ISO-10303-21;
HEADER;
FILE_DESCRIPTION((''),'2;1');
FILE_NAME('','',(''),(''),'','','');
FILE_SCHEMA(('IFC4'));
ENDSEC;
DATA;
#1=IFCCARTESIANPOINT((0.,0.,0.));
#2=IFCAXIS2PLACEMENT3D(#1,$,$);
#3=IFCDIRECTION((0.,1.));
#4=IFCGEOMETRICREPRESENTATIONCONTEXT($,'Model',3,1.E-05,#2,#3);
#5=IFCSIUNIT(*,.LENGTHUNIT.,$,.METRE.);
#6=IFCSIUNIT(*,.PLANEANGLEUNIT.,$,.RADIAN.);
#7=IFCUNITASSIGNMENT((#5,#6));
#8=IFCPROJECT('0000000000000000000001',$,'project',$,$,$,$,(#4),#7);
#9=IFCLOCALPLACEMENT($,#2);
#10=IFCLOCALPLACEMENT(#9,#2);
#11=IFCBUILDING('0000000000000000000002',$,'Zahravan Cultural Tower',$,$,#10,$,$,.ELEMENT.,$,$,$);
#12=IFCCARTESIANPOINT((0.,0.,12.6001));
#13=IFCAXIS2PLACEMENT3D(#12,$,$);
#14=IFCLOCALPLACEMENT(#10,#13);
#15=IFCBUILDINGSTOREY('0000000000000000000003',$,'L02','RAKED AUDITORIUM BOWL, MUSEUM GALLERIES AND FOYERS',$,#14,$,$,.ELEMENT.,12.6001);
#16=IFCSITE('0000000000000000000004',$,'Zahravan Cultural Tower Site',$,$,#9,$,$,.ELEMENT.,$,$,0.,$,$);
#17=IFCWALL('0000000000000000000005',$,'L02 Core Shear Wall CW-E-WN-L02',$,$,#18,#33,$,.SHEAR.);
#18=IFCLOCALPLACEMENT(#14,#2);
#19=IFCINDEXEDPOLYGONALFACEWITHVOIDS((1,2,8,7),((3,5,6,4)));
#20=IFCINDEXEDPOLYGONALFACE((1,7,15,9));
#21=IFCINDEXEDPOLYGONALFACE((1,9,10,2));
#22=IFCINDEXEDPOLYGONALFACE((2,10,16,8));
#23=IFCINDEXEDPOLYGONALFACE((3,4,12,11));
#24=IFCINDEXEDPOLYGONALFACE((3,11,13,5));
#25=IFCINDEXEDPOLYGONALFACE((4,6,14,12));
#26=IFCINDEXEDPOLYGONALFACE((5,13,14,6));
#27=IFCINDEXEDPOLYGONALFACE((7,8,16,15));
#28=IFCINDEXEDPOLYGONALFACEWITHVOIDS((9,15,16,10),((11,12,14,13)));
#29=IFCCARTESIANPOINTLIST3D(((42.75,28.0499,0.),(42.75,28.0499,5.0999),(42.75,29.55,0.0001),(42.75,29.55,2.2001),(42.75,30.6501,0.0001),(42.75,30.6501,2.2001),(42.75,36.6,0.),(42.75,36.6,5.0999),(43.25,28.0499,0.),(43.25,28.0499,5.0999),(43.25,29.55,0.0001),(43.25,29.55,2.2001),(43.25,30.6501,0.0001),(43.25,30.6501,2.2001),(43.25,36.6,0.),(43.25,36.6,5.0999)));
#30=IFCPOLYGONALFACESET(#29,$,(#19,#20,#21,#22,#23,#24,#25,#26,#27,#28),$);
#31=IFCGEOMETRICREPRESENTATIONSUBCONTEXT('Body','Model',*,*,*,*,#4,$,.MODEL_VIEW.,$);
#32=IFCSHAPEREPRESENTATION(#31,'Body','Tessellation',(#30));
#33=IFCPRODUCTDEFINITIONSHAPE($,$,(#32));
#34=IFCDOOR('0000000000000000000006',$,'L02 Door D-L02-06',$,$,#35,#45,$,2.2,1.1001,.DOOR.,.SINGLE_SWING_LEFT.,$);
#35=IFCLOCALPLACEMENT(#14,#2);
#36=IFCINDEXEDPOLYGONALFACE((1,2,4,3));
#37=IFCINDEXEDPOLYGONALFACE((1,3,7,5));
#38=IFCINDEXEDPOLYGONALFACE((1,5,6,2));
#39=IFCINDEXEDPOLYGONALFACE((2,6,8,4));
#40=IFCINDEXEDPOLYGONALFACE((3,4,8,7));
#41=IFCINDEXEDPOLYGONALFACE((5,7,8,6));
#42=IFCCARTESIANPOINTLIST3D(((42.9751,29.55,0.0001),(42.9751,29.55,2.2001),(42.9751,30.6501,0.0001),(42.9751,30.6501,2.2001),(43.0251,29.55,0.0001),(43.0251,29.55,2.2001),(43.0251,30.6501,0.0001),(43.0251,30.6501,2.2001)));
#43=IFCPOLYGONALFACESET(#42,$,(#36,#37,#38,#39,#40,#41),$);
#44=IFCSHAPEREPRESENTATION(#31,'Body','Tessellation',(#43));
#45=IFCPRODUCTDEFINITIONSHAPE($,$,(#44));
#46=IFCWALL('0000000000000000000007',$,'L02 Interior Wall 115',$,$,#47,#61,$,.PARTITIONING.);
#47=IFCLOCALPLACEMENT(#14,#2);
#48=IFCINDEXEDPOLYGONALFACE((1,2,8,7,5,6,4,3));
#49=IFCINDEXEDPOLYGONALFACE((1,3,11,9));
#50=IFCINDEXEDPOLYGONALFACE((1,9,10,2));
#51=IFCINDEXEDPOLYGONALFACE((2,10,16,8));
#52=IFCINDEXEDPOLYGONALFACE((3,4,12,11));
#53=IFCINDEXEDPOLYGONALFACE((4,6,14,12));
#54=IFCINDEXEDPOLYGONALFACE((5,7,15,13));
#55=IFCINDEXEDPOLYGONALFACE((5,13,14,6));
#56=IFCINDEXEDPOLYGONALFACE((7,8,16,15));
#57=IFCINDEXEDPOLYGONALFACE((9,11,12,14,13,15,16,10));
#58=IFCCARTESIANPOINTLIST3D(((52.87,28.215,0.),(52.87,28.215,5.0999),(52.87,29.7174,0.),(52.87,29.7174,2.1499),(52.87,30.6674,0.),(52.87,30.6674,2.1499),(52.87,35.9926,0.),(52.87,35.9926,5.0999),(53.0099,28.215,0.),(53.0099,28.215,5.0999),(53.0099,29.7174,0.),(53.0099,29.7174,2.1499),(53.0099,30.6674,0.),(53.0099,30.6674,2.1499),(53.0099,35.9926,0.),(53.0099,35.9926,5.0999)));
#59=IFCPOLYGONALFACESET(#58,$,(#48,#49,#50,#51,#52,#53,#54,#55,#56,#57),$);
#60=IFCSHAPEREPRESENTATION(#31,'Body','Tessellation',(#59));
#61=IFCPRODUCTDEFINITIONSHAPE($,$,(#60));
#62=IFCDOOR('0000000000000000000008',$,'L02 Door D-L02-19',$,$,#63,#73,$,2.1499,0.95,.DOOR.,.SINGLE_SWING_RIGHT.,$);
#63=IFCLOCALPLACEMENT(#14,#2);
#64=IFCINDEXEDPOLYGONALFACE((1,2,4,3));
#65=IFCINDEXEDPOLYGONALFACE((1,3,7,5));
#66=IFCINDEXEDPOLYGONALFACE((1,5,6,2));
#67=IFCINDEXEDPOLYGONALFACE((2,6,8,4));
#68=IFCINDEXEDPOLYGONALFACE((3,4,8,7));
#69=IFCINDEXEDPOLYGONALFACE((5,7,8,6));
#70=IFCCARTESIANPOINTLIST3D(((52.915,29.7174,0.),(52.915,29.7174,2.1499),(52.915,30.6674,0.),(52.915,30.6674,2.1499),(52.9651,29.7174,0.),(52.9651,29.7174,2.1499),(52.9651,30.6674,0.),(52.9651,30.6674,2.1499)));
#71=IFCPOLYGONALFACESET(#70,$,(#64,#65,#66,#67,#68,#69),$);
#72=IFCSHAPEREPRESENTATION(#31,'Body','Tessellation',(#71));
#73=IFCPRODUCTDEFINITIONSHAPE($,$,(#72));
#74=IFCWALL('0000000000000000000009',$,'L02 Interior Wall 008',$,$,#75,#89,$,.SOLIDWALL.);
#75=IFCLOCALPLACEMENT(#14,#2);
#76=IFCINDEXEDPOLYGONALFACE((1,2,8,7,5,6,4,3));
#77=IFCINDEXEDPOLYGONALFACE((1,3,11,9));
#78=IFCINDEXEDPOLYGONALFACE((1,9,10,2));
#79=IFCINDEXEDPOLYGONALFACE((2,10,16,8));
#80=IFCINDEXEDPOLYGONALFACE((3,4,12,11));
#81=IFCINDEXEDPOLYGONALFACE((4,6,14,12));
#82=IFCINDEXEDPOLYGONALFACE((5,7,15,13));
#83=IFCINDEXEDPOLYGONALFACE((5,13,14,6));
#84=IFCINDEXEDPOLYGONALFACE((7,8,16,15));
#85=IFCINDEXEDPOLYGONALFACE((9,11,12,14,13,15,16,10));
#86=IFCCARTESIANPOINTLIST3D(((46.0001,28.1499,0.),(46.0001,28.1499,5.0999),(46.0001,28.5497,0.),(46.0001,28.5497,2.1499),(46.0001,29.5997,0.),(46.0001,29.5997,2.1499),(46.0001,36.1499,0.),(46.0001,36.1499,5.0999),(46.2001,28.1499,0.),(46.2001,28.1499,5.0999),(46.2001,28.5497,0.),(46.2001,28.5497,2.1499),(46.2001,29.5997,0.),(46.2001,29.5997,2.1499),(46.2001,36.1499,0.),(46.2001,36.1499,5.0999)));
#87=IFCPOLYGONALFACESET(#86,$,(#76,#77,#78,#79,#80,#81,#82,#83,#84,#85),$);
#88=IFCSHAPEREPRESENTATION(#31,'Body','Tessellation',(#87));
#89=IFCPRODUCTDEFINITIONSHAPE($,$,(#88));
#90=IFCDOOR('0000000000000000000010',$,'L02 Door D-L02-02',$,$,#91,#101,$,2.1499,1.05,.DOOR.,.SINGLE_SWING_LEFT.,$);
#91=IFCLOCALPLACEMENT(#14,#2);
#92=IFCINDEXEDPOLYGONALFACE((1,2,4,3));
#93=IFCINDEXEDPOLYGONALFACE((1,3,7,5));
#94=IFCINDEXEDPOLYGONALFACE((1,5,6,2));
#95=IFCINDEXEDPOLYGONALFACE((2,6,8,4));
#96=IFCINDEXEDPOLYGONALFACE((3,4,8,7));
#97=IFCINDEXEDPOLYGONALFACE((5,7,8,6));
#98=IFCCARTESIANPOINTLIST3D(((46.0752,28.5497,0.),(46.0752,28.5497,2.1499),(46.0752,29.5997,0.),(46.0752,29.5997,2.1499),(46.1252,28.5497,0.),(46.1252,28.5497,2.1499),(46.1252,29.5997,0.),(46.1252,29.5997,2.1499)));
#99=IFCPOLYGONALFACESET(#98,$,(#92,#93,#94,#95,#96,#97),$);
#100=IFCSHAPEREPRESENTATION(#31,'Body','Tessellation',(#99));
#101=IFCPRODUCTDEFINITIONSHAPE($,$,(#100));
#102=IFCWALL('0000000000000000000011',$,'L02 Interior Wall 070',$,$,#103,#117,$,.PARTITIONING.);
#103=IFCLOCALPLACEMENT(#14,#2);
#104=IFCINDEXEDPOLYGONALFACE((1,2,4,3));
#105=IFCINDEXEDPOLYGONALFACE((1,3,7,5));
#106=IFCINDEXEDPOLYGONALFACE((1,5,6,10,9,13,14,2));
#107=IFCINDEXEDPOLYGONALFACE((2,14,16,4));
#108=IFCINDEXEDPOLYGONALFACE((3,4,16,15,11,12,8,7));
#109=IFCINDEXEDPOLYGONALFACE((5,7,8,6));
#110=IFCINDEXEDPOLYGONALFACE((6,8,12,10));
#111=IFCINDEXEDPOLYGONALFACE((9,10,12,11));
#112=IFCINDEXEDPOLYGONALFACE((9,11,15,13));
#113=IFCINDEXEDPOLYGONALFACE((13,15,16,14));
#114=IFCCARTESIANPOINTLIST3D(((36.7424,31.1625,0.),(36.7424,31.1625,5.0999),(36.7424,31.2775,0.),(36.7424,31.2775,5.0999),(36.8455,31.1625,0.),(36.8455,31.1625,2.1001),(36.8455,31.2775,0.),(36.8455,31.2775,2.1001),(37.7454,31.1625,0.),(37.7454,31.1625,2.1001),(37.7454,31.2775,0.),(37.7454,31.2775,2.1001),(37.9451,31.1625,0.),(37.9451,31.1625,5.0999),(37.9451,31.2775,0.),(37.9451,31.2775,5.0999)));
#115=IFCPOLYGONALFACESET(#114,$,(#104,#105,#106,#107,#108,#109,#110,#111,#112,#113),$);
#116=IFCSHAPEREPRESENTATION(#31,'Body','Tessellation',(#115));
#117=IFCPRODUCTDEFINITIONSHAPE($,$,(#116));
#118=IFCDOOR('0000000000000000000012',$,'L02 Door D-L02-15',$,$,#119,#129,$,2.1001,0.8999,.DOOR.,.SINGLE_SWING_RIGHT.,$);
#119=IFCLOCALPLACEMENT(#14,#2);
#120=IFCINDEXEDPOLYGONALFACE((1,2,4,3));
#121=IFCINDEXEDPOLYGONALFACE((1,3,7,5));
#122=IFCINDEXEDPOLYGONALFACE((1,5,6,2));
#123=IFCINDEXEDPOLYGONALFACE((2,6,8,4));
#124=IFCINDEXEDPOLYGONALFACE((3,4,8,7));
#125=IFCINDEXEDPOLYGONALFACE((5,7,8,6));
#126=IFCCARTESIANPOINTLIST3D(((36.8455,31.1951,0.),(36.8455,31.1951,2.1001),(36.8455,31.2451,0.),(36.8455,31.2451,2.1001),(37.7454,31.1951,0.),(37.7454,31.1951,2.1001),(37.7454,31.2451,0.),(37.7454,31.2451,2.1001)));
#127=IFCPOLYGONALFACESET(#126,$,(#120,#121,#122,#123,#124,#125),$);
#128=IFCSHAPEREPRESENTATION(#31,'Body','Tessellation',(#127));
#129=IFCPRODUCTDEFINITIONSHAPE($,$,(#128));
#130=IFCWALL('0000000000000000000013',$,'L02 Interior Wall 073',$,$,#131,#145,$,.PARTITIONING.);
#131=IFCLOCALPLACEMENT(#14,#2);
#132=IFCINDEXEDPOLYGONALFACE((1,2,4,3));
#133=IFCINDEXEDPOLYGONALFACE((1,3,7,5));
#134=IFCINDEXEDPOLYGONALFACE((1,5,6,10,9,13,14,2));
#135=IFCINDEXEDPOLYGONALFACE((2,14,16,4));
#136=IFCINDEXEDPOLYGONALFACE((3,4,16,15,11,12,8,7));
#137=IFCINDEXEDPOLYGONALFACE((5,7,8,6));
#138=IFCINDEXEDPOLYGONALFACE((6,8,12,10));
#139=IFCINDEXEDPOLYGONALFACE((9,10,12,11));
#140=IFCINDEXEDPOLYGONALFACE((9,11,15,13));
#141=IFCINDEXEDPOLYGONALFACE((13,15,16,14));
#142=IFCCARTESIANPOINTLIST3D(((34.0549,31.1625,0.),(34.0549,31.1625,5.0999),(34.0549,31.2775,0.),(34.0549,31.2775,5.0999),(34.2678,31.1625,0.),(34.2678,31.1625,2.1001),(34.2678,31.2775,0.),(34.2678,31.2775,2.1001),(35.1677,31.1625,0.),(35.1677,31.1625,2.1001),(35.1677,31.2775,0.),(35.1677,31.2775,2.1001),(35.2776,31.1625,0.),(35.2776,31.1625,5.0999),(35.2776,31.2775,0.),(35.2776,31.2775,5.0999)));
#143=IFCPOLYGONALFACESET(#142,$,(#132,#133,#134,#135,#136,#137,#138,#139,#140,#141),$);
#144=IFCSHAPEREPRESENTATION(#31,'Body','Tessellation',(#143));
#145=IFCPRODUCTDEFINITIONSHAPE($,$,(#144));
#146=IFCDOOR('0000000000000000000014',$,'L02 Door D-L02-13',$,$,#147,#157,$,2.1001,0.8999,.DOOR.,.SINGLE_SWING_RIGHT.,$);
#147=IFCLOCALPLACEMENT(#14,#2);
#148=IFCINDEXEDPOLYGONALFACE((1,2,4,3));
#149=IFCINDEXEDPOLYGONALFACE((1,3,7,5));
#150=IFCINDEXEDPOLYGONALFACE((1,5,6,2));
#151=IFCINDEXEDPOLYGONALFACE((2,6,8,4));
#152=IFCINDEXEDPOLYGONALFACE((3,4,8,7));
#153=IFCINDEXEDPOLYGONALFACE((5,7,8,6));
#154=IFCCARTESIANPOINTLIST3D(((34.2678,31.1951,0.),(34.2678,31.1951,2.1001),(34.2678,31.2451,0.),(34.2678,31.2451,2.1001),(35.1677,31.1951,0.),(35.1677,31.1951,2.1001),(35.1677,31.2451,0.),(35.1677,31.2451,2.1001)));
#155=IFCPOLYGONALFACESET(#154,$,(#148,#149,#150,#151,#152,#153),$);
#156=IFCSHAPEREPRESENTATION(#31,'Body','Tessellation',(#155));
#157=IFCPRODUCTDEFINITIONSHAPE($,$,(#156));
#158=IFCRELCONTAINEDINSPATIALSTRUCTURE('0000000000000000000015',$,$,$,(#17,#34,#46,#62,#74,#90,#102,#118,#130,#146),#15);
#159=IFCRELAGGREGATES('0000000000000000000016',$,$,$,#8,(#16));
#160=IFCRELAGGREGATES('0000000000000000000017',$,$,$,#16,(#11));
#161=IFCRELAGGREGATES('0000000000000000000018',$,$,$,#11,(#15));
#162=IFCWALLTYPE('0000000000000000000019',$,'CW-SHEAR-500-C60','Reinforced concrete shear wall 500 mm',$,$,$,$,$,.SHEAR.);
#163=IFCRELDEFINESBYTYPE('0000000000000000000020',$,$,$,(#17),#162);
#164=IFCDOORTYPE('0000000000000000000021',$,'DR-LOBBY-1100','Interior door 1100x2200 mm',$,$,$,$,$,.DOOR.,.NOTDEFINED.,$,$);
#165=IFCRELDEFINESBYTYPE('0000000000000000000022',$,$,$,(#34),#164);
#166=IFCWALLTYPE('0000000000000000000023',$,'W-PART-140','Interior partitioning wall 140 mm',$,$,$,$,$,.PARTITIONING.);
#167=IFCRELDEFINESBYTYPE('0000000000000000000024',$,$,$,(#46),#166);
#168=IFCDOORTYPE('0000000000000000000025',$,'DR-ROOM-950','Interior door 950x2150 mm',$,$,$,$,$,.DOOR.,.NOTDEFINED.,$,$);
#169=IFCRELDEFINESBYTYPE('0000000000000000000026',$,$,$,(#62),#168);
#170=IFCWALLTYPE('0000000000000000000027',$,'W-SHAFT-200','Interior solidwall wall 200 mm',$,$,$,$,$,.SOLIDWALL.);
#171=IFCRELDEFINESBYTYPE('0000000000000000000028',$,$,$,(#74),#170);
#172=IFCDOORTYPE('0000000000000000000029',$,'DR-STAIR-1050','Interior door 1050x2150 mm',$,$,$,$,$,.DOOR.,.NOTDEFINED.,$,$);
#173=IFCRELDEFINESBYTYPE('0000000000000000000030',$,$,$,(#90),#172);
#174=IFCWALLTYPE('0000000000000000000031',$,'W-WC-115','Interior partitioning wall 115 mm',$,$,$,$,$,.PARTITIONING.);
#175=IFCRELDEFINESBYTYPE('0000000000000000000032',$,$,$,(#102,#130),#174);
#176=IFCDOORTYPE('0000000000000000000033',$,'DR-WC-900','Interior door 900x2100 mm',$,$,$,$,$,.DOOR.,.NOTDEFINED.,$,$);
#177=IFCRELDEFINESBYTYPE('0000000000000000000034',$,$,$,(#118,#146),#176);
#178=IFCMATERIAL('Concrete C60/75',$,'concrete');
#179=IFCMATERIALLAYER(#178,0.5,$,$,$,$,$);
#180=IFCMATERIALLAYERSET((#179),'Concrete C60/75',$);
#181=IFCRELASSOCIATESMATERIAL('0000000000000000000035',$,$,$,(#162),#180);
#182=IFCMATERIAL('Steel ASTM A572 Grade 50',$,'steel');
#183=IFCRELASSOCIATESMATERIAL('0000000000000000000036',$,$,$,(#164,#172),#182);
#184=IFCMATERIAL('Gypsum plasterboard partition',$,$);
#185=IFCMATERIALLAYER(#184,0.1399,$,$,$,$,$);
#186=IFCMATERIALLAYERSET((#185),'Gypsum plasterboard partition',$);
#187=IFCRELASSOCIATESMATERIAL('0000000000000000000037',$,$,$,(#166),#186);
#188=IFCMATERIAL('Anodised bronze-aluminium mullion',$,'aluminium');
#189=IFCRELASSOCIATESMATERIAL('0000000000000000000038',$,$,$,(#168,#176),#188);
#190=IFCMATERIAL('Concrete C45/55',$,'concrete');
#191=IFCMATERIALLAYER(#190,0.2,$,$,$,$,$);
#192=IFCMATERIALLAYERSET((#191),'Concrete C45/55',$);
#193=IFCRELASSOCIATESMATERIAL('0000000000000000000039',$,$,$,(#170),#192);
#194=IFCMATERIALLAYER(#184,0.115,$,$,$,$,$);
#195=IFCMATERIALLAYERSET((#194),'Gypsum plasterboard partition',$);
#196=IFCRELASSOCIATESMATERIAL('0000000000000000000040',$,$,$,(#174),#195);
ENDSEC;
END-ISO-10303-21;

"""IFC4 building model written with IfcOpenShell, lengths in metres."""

from ifc_helpers import new_model, si_unit, direction, frame, frame_2d, origin, place, context, subcontext, project, spatial, rectangle, extrude, source, transform, mapped, material, layer, layer_set, type_object, element, fill, save


model = new_model("IFC4")

# Units and contexts
model_context = context("Model", 3, precision=1e-05, world=origin(), true_north=direction((0.0, 1.0)))
body_context = subcontext(model_context, "Body", "Model", "MODEL_VIEW")
ifc_project = project(units=[si_unit("LENGTHUNIT", "METRE"), si_unit("PLANEANGLEUNIT", "RADIAN")], contexts=[model_context])

# Site, building, storey
site_placement = place(None, origin())
site = spatial("IfcSite", under=ifc_project, at=site_placement, Name="Zahravan Cultural Tower Site", CompositionType="ELEMENT", RefElevation=0.0)
building_placement = place(site_placement, origin())
building = spatial("IfcBuilding", under=site, at=building_placement, Name="Zahravan Cultural Tower", CompositionType="ELEMENT")
storey_placement = place(building_placement, frame((0.0, 0.0, 12.6001)))
storey = spatial("IfcBuildingStorey", under=building, at=storey_placement, Name="L02", Description="RAKED AUDITORIUM BOWL, MUSEUM GALLERIES AND FOYERS", CompositionType="ELEMENT", Elevation=12.6001)

# Walls, openings, doors
ifc_material_1 = material(Name="Concrete C60/75", Category="concrete")
ifc_layer_1 = layer(ifc_material_1, 0.5)
ifc_layer_set_1 = layer_set([ifc_layer_1], Name="Concrete C60/75")
wall_type_1 = type_object("IfcWallType", Name="CW-SHEAR-500-C60", Description="Reinforced concrete shear wall 500 mm", PredefinedType="SHEAR", material=ifc_layer_set_1)
wall_1_placement = place(storey_placement, frame((43.0, 28.05, 0.0), z_axis=(0.0, 0.0, 1.0), x_axis=(0.0, 1.0, 0.0)))
wall_1 = element("IfcWall", 1, at=wall_1_placement, inside=storey, type_object=wall_type_1, Name="L02 Core Shear Wall CW-E-WN-L02", PredefinedType="SHEAR", context=body_context, shape_type="SweptSolid", body=[
    extrude(rectangle(XDim=8.55, YDim=0.5, at=frame_2d((4.2749, 0.0))), origin(), (0.0, 0.0, 1.0), 5.0999),
])
opening_1_placement = place(wall_1_placement, frame((1.5, 0.0, 0.0)))
opening_1 = element("IfcOpeningElement", 2, at=opening_1_placement, cuts=wall_1, PredefinedType="OPENING", context=body_context, shape_type="SweptSolid", body=[
    extrude(rectangle(XDim=1.1001, YDim=2.2, at=frame_2d((0.55, 1.1001))), frame((0.0, 0.26, 0.0), z_axis=(0.0, -1.0, 0.0), x_axis=(1.0, 0.0, 0.0)), (0.0, 0.0, 1.0), 0.52),
])
ifc_material_2 = material(Name="Steel ASTM A572 Grade 50", Category="steel")
door_type_1 = type_object("IfcDoorType", Name="DR-LOBBY-1100", Description="Interior door 1100x2200 mm", OperationType="NOTDEFINED", PredefinedType="DOOR", material=ifc_material_2)
shared_shape_1 = source(origin(), body_context, "Body", "SweptSolid", [
    extrude(rectangle(XDim=1.1001, YDim=2.2, at=frame_2d((0.55, 1.1001))), frame((0.0, 0.0249, 0.0), z_axis=(0.0, -1.0, 0.0), x_axis=(1.0, 0.0, 0.0)), (0.0, 0.0, 1.0), 0.05),
])
door_1_placement = place(opening_1_placement, origin())
door_1 = element("IfcDoor", 3, at=door_1_placement, inside=storey, type_object=door_type_1, Name="L02 Door D-L02-06", OperationType="SINGLE_SWING_LEFT", OverallHeight=2.2, OverallWidth=1.1001, PredefinedType="DOOR", context=body_context, shape_type="MappedRepresentation", body=[
    mapped(shared_shape_1, transform((0.0, 0.0, 0.0), x_axis=(1.0, 0.0, 0.0), y_axis=(0.0, 1.0, 0.0), z_axis=(0.0, 0.0, 1.0), scale=1.0)),
])
fill(opening_1, door_1)
ifc_material_3 = material(Name="Gypsum plasterboard partition")
ifc_layer_2 = layer(ifc_material_3, 0.1399)
ifc_layer_set_2 = layer_set([ifc_layer_2], Name="Gypsum plasterboard partition")
wall_type_2 = type_object("IfcWallType", Name="W-PART-140", Description="Interior partitioning wall 140 mm", PredefinedType="PARTITIONING", material=ifc_layer_set_2)
wall_2_placement = place(storey_placement, frame((52.9399, 28.2151, 0.0), z_axis=(0.0, 0.0, 1.0), x_axis=(0.0, 1.0, 0.0)))
wall_2 = element("IfcWall", 4, at=wall_2_placement, inside=storey, type_object=wall_type_2, Name="L02 Interior Wall 115", PredefinedType="PARTITIONING", context=body_context, shape_type="SweptSolid", body=[
    extrude(rectangle(XDim=7.7776, YDim=0.1399, at=frame_2d((3.8887, 0.0))), origin(), (0.0, 0.0, 1.0), 5.0999),
])
opening_2_placement = place(wall_2_placement, frame((1.5022, 0.0, 0.0)))
opening_2 = element("IfcOpeningElement", 5, at=opening_2_placement, cuts=wall_2, PredefinedType="OPENING", context=body_context, shape_type="SweptSolid", body=[
    extrude(rectangle(XDim=0.95, YDim=2.1499, at=frame_2d((0.4751, 1.075))), frame((0.0, 0.0798, 0.0), z_axis=(0.0, -1.0, 0.0), x_axis=(1.0, 0.0, 0.0)), (0.0, 0.0, 1.0), 0.1599),
])
ifc_material_4 = material(Name="Anodised bronze-aluminium mullion", Category="aluminium")
door_type_2 = type_object("IfcDoorType", Name="DR-ROOM-950", Description="Interior door 950x2150 mm", OperationType="NOTDEFINED", PredefinedType="DOOR", material=ifc_material_4)
shared_shape_2 = source(origin(), body_context, "Body", "SweptSolid", [
    extrude(rectangle(XDim=0.95, YDim=2.1499, at=frame_2d((0.4751, 1.075))), frame((0.0, 0.0249, 0.0), z_axis=(0.0, -1.0, 0.0), x_axis=(1.0, 0.0, 0.0)), (0.0, 0.0, 1.0), 0.05),
])
door_2_placement = place(opening_2_placement, origin())
door_2 = element("IfcDoor", 6, at=door_2_placement, inside=storey, type_object=door_type_2, Name="L02 Door D-L02-19", OperationType="SINGLE_SWING_RIGHT", OverallHeight=2.1499, OverallWidth=0.95, PredefinedType="DOOR", context=body_context, shape_type="MappedRepresentation", body=[
    mapped(shared_shape_2, transform((0.0, 0.0, 0.0), x_axis=(1.0, 0.0, 0.0), y_axis=(0.0, 1.0, 0.0), z_axis=(0.0, 0.0, 1.0), scale=1.0)),
])
fill(opening_2, door_2)
ifc_material_5 = material(Name="Concrete C45/55", Category="concrete")
ifc_layer_3 = layer(ifc_material_5, 0.2)
ifc_layer_set_3 = layer_set([ifc_layer_3], Name="Concrete C45/55")
wall_type_3 = type_object("IfcWallType", Name="W-SHAFT-200", Description="Interior solidwall wall 200 mm", PredefinedType="SOLIDWALL", material=ifc_layer_set_3)
wall_3_placement = place(storey_placement, frame((46.1001, 28.1499, 0.0), z_axis=(0.0, 0.0, 1.0), x_axis=(0.0, 1.0, 0.0)))
wall_3 = element("IfcWall", 7, at=wall_3_placement, inside=storey, type_object=wall_type_3, Name="L02 Interior Wall 008", PredefinedType="SOLIDWALL", context=body_context, shape_type="SweptSolid", body=[
    extrude(rectangle(XDim=8.0, YDim=0.2, at=frame_2d((4.0, 0.0))), origin(), (0.0, 0.0, 1.0), 5.0999),
])
opening_3_placement = place(wall_3_placement, frame((0.3999, 0.0, 0.0)))
opening_3 = element("IfcOpeningElement", 8, at=opening_3_placement, cuts=wall_3, PredefinedType="OPENING", context=body_context, shape_type="SweptSolid", body=[
    extrude(rectangle(XDim=1.05, YDim=2.1499, at=frame_2d((0.5249, 1.075))), frame((0.0, 0.1099, 0.0), z_axis=(0.0, -1.0, 0.0), x_axis=(1.0, 0.0, 0.0)), (0.0, 0.0, 1.0), 0.22),
])
door_type_3 = type_object("IfcDoorType", Name="DR-STAIR-1050", Description="Interior door 1050x2150 mm", OperationType="NOTDEFINED", PredefinedType="DOOR", material=ifc_material_2)
shared_shape_3 = source(origin(), body_context, "Body", "SweptSolid", [
    extrude(rectangle(XDim=1.05, YDim=2.1499, at=frame_2d((0.5249, 1.075))), frame((0.0, 0.0249, 0.0), z_axis=(0.0, -1.0, 0.0), x_axis=(1.0, 0.0, 0.0)), (0.0, 0.0, 1.0), 0.05),
])
door_3_placement = place(opening_3_placement, origin())
door_3 = element("IfcDoor", 9, at=door_3_placement, inside=storey, type_object=door_type_3, Name="L02 Door D-L02-02", OperationType="SINGLE_SWING_LEFT", OverallHeight=2.1499, OverallWidth=1.05, PredefinedType="DOOR", context=body_context, shape_type="MappedRepresentation", body=[
    mapped(shared_shape_3, transform((0.0, 0.0, 0.0), x_axis=(1.0, 0.0, 0.0), y_axis=(0.0, 1.0, 0.0), z_axis=(0.0, 0.0, 1.0), scale=1.0)),
])
fill(opening_3, door_3)
ifc_layer_4 = layer(ifc_material_3, 0.115)
ifc_layer_set_4 = layer_set([ifc_layer_4], Name="Gypsum plasterboard partition")
wall_type_4 = type_object("IfcWallType", Name="W-WC-115", Description="Interior partitioning wall 115 mm", PredefinedType="PARTITIONING", material=ifc_layer_set_4)
wall_4_placement = place(storey_placement, frame((37.9451, 31.22, 0.0), z_axis=(0.0, 0.0, 1.0), x_axis=(-1.0, 0.0, 0.0)))
wall_4 = element("IfcWall", 10, at=wall_4_placement, inside=storey, type_object=wall_type_4, Name="L02 Interior Wall 070", PredefinedType="PARTITIONING", context=body_context, shape_type="SweptSolid", body=[
    extrude(rectangle(XDim=1.2026, YDim=0.115, at=frame_2d((0.6013, 0.0))), origin(), (0.0, 0.0, 1.0), 5.0999),
])
opening_4_placement = place(wall_4_placement, frame((0.1997, 0.0, 0.0)))
opening_4 = element("IfcOpeningElement", 11, at=opening_4_placement, cuts=wall_4, PredefinedType="OPENING", context=body_context, shape_type="SweptSolid", body=[
    extrude(rectangle(XDim=0.8999, YDim=2.1001, at=frame_2d((0.45, 1.05))), frame((0.0, 0.0674, 0.0), z_axis=(0.0, -1.0, 0.0), x_axis=(1.0, 0.0, 0.0)), (0.0, 0.0, 1.0), 0.135),
])
door_type_4 = type_object("IfcDoorType", Name="DR-WC-900", Description="Interior door 900x2100 mm", OperationType="NOTDEFINED", PredefinedType="DOOR", material=ifc_material_4)
shared_shape_4 = source(origin(), body_context, "Body", "SweptSolid", [
    extrude(rectangle(XDim=0.8999, YDim=2.1001, at=frame_2d((0.45, 1.05))), frame((0.0, 0.0249, 0.0), z_axis=(0.0, -1.0, 0.0), x_axis=(1.0, 0.0, 0.0)), (0.0, 0.0, 1.0), 0.05),
])
door_4_placement = place(opening_4_placement, origin())
door_4 = element("IfcDoor", 12, at=door_4_placement, inside=storey, type_object=door_type_4, Name="L02 Door D-L02-15", OperationType="SINGLE_SWING_RIGHT", OverallHeight=2.1001, OverallWidth=0.8999, PredefinedType="DOOR", context=body_context, shape_type="MappedRepresentation", body=[
    mapped(shared_shape_4, transform((0.0, 0.0, 0.0), x_axis=(1.0, 0.0, 0.0), y_axis=(0.0, 1.0, 0.0), z_axis=(0.0, 0.0, 1.0), scale=1.0)),
])
fill(opening_4, door_4)
wall_5_placement = place(storey_placement, frame((35.2776, 31.22, 0.0), z_axis=(0.0, 0.0, 1.0), x_axis=(-1.0, 0.0, 0.0)))
wall_5 = element("IfcWall", 13, at=wall_5_placement, inside=storey, type_object=wall_type_4, Name="L02 Interior Wall 073", PredefinedType="PARTITIONING", context=body_context, shape_type="SweptSolid", body=[
    extrude(rectangle(XDim=1.2227, YDim=0.115, at=frame_2d((0.6113, 0.0))), origin(), (0.0, 0.0, 1.0), 5.0999),
])
opening_5_placement = place(wall_5_placement, frame((0.1099, 0.0, 0.0)))
opening_5 = element("IfcOpeningElement", 14, at=opening_5_placement, cuts=wall_5, PredefinedType="OPENING", context=body_context, shape_type="SweptSolid", body=[
    extrude(rectangle(XDim=0.8999, YDim=2.1001, at=frame_2d((0.45, 1.05))), frame((0.0, 0.0674, 0.0), z_axis=(0.0, -1.0, 0.0), x_axis=(1.0, 0.0, 0.0)), (0.0, 0.0, 1.0), 0.135),
])
door_5_placement = place(opening_5_placement, origin())
door_5 = element("IfcDoor", 15, at=door_5_placement, inside=storey, type_object=door_type_4, Name="L02 Door D-L02-13", OperationType="SINGLE_SWING_RIGHT", OverallHeight=2.1001, OverallWidth=0.8999, PredefinedType="DOOR", context=body_context, shape_type="MappedRepresentation", body=[
    mapped(shared_shape_4, transform((0.0, 0.0, 0.0), x_axis=(1.0, 0.0, 0.0), y_axis=(0.0, 1.0, 0.0), z_axis=(0.0, 0.0, 1.0), scale=1.0)),
])
fill(opening_5, door_5)

save(model, "model.ifc")
